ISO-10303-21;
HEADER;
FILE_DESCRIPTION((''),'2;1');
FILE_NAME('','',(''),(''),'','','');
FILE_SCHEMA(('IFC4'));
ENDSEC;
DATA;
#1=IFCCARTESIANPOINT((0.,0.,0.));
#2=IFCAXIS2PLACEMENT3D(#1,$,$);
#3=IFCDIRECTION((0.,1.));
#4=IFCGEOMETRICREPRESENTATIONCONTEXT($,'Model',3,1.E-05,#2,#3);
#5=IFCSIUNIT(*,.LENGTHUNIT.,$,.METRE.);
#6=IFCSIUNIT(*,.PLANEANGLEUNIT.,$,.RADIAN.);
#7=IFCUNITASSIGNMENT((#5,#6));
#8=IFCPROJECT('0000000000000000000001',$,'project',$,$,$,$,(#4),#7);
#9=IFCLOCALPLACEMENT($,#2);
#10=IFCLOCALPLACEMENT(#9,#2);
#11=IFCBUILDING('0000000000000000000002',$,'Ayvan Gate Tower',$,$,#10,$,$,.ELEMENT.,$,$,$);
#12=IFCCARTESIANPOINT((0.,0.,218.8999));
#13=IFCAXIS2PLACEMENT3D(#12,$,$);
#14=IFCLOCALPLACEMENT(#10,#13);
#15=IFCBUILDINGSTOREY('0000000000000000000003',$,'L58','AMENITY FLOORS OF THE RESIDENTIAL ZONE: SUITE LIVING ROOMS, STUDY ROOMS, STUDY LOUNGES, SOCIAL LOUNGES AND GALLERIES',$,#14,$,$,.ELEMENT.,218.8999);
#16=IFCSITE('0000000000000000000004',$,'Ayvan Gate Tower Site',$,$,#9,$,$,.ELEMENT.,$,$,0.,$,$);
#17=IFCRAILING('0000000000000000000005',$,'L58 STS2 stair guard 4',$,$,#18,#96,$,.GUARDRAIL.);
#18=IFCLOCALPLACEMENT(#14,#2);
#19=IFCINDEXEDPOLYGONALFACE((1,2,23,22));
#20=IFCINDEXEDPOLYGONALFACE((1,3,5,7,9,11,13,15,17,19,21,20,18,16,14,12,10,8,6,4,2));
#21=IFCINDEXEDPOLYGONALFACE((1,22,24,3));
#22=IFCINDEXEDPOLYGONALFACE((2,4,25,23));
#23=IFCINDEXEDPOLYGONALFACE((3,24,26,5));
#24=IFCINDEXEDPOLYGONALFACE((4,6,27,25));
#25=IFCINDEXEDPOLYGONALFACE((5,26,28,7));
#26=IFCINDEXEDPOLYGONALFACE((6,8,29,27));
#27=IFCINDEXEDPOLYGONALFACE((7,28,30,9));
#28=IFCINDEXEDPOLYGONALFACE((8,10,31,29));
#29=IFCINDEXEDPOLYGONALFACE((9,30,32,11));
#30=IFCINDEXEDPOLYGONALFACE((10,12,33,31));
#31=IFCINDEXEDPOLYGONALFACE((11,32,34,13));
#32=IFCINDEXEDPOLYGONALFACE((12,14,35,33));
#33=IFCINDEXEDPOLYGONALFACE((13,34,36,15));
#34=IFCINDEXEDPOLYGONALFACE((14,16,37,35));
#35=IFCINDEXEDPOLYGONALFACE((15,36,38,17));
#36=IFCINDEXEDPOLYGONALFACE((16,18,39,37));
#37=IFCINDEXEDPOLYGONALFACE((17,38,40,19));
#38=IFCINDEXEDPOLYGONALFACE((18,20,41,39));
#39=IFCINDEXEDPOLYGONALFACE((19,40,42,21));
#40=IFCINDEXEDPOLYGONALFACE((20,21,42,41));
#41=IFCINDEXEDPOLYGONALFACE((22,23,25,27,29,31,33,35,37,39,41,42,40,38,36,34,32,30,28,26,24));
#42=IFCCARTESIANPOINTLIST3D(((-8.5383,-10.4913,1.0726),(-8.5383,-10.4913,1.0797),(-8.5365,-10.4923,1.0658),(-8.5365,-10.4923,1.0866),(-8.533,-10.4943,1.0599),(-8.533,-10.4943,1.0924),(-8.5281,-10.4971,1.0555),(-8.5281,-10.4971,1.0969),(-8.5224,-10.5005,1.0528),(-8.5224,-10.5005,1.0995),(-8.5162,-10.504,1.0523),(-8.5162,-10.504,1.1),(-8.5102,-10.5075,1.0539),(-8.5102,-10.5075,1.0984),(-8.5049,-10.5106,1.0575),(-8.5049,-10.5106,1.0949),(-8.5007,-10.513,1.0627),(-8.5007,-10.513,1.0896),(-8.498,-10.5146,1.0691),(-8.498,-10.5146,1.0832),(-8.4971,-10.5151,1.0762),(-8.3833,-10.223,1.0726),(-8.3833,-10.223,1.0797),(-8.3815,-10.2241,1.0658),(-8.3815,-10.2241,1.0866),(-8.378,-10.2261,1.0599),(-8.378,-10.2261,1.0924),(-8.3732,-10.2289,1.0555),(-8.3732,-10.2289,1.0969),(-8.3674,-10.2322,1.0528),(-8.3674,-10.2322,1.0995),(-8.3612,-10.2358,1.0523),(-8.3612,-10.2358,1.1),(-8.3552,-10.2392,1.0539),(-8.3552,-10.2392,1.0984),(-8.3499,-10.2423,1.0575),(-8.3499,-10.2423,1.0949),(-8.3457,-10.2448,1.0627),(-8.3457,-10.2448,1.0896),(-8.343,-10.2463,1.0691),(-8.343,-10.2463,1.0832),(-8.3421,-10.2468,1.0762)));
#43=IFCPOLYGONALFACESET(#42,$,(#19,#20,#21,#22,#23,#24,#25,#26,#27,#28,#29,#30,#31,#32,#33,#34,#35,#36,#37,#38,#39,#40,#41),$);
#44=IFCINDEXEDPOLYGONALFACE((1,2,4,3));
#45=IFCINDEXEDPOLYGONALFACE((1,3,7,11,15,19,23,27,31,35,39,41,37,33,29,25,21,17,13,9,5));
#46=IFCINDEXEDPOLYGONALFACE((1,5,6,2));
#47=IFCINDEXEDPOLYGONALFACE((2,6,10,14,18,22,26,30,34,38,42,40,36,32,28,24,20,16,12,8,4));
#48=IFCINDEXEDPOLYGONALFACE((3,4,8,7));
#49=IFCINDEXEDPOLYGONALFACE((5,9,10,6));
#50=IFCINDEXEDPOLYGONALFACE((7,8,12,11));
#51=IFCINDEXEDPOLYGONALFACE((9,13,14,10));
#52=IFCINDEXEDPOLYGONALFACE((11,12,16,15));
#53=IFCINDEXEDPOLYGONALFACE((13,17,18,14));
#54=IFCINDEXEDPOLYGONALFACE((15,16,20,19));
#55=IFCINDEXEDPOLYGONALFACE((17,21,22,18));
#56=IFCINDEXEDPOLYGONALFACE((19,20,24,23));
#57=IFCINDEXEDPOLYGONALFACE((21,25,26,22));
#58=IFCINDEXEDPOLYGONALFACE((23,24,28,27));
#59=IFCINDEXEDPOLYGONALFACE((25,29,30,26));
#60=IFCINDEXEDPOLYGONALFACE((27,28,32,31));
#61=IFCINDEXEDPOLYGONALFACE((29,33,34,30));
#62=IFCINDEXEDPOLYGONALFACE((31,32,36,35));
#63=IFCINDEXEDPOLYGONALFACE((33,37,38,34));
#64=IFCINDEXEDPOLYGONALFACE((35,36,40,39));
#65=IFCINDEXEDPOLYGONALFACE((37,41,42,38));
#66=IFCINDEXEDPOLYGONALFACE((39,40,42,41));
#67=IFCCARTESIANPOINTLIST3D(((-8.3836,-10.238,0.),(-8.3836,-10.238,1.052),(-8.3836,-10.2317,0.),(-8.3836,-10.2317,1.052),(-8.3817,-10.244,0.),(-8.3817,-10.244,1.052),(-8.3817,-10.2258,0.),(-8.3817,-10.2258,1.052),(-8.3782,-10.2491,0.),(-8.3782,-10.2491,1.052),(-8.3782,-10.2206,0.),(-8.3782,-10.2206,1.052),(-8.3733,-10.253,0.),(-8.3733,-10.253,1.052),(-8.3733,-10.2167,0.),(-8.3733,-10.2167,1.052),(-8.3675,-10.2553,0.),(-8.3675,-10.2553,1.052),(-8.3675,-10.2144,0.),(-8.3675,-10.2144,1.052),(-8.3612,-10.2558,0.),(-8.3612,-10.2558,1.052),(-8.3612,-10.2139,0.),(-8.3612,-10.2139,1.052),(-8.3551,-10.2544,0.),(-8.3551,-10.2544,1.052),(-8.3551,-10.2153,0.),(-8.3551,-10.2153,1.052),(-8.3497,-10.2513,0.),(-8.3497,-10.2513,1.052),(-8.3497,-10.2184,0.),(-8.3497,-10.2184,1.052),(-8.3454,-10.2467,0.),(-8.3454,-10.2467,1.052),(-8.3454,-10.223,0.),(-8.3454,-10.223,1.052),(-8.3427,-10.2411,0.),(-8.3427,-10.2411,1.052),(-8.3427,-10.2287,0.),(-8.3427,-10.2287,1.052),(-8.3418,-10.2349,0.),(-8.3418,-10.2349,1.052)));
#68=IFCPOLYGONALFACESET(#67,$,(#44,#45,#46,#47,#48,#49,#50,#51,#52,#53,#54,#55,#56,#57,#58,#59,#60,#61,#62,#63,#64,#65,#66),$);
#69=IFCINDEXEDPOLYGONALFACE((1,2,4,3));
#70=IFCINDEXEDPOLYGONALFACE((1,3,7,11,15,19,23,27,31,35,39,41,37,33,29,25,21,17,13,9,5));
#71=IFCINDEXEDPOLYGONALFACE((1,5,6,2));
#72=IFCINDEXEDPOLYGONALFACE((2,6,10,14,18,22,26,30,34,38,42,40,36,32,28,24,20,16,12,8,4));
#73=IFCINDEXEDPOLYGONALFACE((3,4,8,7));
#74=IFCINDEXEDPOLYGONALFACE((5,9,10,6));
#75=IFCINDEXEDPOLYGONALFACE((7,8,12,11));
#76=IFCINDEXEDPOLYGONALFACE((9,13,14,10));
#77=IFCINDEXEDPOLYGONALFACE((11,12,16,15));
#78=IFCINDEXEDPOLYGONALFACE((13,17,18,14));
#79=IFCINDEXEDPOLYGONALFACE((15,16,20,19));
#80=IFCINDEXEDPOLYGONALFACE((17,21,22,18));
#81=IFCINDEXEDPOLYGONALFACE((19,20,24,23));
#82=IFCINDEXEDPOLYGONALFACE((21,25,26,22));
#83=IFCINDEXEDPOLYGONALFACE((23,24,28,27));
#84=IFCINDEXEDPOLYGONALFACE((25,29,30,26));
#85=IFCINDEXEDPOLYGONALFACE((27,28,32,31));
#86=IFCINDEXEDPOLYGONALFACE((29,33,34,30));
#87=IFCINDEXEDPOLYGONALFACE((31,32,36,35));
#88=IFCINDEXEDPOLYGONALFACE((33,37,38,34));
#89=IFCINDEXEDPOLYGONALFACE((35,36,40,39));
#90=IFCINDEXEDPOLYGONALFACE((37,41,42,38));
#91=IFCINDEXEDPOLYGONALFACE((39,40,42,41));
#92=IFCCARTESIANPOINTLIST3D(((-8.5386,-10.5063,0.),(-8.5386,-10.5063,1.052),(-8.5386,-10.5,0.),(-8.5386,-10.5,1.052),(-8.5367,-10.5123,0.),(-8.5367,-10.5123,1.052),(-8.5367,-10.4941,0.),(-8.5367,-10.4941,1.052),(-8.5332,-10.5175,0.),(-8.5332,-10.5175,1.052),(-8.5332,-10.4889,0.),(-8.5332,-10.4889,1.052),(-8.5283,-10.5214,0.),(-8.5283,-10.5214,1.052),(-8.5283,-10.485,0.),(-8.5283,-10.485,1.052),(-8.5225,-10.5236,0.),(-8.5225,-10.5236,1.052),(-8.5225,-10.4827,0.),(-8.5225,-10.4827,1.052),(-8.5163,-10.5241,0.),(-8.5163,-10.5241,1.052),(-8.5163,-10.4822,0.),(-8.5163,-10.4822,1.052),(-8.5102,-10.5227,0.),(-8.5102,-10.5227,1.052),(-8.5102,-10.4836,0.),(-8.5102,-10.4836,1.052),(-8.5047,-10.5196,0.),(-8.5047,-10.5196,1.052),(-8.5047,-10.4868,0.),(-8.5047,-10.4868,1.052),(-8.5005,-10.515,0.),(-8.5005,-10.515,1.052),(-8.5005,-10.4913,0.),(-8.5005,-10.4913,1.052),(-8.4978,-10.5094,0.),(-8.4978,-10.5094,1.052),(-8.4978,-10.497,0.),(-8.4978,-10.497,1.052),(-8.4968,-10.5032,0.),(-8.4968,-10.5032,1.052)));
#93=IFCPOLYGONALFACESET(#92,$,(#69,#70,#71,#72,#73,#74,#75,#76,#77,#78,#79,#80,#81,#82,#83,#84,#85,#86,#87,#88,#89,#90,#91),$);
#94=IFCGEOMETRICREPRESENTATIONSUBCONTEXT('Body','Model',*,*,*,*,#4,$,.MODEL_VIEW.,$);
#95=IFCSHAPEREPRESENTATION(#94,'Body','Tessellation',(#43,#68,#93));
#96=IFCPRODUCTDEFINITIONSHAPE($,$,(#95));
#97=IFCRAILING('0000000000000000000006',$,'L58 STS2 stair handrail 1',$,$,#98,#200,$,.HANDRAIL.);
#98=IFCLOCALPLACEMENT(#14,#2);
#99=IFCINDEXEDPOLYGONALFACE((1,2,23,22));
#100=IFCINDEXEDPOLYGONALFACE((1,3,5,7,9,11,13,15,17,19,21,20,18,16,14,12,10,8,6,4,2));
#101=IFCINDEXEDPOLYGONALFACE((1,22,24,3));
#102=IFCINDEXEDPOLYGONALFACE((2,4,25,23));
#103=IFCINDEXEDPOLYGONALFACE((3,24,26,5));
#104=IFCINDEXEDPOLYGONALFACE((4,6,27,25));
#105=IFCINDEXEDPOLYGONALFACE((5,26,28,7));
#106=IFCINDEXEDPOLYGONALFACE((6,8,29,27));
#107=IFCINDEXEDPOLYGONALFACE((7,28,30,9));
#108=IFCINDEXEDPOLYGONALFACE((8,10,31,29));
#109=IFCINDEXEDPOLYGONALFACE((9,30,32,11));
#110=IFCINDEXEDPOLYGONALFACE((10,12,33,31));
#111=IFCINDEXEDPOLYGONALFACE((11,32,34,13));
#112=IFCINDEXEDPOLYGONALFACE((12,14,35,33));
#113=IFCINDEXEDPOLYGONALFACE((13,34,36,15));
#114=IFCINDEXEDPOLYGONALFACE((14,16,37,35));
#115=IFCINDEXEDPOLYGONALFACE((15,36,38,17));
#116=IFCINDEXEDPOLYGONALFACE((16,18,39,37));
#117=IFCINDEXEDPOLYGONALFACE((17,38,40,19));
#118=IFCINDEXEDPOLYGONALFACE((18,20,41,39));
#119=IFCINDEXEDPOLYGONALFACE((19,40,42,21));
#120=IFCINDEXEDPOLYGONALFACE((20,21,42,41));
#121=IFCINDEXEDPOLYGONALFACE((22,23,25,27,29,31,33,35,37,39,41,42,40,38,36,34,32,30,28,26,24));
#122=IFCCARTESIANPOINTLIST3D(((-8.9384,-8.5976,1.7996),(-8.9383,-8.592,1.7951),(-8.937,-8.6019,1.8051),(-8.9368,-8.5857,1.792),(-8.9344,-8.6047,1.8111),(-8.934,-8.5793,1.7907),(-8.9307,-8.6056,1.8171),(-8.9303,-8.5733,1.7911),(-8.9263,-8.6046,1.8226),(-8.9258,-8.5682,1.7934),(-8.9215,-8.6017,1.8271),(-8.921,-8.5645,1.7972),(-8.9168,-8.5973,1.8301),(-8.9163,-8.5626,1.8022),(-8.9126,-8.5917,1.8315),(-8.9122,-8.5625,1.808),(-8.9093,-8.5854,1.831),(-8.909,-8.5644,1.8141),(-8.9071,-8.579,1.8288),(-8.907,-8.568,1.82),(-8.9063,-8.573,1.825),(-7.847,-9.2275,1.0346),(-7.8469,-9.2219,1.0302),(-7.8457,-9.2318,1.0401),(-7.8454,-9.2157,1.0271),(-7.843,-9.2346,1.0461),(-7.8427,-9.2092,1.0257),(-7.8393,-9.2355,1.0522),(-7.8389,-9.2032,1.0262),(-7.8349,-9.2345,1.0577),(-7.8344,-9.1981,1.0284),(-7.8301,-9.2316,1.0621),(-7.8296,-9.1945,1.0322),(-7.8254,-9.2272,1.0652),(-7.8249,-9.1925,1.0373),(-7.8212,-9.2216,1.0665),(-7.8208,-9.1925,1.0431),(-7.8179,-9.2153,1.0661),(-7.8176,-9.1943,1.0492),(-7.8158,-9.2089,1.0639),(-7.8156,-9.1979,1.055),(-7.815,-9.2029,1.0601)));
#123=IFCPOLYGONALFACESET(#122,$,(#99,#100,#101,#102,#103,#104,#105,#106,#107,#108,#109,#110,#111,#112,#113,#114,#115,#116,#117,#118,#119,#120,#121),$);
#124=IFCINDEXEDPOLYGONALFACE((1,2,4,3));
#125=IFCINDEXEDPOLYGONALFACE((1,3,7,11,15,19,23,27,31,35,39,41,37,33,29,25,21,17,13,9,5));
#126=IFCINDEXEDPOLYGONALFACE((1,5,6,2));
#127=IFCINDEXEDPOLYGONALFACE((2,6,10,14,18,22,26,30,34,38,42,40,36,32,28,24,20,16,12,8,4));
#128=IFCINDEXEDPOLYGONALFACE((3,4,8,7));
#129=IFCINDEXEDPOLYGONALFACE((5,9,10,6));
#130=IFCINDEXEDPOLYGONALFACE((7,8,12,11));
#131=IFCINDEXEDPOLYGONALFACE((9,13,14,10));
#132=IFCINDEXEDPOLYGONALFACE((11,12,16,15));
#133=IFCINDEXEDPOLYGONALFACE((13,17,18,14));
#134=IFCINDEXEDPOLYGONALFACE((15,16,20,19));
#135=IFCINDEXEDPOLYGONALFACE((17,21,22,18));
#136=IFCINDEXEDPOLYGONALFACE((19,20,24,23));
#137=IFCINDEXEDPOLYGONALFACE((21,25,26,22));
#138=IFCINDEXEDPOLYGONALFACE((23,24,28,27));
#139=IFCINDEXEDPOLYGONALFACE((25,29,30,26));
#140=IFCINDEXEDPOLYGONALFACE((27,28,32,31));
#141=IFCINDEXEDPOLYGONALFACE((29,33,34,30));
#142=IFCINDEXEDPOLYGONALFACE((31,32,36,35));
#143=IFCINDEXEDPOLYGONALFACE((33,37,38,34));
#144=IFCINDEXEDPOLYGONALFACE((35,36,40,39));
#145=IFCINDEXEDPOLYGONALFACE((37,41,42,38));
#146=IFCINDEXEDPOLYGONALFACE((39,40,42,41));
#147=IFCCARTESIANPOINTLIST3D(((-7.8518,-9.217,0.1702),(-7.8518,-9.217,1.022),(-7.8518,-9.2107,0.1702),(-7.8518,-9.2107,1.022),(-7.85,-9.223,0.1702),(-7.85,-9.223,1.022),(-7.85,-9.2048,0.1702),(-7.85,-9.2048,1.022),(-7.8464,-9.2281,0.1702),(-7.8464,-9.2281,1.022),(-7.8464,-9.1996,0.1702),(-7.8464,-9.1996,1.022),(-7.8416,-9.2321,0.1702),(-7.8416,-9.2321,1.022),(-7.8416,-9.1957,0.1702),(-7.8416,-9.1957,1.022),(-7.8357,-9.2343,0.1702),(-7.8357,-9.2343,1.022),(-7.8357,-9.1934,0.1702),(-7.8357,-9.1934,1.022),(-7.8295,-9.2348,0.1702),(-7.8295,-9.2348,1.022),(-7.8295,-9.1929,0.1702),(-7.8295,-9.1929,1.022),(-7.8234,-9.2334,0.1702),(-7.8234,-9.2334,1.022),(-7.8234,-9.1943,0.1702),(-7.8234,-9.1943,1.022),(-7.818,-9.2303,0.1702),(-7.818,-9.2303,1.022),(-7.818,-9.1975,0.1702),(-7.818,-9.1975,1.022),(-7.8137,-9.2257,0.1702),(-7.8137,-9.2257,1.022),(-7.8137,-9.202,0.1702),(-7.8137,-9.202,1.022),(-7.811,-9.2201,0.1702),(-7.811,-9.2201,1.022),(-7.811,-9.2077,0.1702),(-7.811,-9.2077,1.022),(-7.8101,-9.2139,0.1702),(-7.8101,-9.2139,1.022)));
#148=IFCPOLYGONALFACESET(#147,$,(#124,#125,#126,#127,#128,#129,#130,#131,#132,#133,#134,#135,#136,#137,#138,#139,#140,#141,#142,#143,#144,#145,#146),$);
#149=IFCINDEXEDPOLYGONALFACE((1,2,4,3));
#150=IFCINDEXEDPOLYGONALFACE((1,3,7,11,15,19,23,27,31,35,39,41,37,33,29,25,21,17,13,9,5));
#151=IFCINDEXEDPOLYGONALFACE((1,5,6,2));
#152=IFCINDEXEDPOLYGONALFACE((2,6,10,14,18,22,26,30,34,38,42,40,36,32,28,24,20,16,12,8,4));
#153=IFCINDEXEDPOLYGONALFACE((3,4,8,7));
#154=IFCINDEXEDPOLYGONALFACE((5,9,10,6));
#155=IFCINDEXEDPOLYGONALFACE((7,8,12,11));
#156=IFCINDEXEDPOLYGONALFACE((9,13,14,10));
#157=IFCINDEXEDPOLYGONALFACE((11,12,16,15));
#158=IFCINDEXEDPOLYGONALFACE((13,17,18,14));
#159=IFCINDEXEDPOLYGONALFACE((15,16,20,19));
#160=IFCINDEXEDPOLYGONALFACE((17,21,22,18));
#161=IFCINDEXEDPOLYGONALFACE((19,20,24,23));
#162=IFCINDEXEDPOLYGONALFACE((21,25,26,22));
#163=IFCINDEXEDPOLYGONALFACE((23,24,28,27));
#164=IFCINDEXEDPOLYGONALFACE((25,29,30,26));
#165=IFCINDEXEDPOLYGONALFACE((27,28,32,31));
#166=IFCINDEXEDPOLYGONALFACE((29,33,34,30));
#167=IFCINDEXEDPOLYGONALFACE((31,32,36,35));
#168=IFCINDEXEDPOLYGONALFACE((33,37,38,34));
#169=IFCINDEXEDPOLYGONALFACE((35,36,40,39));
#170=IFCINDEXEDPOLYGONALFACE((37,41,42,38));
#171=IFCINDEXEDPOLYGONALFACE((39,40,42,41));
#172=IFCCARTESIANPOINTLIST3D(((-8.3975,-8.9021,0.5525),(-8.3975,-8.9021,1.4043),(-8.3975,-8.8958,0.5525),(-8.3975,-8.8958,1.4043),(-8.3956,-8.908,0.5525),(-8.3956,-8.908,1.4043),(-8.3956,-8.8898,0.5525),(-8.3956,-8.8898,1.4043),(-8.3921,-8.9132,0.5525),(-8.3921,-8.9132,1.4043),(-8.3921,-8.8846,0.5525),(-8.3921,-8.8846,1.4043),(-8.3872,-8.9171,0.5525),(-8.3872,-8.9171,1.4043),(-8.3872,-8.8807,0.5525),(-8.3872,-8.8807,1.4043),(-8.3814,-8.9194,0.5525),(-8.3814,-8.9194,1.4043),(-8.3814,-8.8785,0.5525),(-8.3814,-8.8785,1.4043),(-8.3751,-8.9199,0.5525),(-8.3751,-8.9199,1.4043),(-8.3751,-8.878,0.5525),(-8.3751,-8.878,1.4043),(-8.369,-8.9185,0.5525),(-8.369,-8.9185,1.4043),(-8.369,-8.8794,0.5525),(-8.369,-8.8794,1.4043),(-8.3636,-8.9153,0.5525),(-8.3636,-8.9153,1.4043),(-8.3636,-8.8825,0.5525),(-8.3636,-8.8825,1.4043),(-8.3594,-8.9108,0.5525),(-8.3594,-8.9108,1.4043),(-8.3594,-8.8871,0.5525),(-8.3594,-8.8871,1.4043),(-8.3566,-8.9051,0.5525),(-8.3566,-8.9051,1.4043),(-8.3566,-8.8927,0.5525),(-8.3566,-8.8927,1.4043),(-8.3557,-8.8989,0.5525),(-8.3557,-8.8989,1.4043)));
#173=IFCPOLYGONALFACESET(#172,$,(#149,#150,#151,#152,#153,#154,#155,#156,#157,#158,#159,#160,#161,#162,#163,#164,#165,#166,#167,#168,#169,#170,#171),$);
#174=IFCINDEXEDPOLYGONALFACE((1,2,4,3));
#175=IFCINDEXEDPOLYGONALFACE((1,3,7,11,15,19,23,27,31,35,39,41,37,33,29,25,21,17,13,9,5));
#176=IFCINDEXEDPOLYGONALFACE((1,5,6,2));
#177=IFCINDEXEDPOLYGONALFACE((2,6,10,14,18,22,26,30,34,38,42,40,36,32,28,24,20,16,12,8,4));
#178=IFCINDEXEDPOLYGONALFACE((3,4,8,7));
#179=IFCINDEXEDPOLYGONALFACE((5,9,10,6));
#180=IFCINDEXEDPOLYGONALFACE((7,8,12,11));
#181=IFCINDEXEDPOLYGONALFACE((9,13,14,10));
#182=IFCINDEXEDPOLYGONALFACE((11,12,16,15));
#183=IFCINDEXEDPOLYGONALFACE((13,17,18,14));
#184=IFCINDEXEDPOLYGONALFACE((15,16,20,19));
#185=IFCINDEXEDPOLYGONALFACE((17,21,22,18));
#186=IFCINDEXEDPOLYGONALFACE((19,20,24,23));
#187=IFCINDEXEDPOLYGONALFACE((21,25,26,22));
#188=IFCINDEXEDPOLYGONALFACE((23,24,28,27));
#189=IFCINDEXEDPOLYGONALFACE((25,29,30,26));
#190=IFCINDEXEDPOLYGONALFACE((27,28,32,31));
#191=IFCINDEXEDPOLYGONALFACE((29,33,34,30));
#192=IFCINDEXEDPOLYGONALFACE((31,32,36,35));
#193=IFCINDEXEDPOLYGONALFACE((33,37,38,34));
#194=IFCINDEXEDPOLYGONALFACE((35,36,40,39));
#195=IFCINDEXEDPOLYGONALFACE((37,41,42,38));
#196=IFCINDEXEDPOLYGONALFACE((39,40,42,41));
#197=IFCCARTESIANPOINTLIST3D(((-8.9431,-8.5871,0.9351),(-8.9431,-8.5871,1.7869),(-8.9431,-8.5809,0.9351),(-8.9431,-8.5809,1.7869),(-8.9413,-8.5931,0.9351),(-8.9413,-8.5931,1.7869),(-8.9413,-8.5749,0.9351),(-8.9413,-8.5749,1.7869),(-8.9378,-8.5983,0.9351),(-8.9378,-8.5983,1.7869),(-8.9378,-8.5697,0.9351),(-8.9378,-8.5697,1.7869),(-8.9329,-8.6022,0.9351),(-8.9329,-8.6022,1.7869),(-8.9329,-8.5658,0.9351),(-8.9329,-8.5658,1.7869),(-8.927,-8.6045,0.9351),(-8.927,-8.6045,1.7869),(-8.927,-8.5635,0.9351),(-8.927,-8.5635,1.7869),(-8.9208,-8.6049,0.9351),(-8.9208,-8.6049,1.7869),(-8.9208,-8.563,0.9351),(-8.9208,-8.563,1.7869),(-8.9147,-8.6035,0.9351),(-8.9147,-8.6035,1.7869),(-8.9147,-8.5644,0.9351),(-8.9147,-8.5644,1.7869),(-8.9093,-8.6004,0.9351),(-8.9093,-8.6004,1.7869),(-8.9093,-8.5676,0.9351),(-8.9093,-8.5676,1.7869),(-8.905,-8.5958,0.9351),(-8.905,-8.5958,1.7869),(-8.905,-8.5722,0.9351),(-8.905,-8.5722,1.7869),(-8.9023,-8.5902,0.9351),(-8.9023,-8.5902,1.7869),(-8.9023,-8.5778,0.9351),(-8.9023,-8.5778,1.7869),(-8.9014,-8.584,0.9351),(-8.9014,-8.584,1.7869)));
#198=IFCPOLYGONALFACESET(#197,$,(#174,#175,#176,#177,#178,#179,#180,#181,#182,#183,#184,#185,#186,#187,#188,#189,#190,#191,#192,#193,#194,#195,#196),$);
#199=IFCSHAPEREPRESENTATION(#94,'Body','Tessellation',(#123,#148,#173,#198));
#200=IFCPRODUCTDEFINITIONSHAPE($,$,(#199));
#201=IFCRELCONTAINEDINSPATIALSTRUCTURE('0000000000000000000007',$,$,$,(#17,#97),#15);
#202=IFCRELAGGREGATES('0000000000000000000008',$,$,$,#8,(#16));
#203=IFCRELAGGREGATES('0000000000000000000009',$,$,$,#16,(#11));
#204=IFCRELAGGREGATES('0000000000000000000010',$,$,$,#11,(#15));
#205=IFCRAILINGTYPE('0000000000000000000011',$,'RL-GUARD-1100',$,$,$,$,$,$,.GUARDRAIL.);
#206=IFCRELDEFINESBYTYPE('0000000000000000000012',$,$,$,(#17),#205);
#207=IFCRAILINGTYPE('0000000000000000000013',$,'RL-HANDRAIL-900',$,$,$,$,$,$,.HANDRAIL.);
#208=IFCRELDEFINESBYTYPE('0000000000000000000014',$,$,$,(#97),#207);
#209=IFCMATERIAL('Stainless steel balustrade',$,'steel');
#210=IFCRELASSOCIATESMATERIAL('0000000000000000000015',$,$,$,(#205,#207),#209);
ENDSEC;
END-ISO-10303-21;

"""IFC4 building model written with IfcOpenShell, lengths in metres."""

from ifc_helpers import new_model, si_unit, direction, frame, origin, origin_2d, place, context, subcontext, project, spatial, circle, extrude, material, type_object, element, save


model = new_model("IFC4")

# Units and contexts
model_context = context("Model", 3, precision=1e-05, world=origin(), true_north=direction((0.0, 1.0)))
body_context = subcontext(model_context, "Body", "Model", "MODEL_VIEW")
ifc_project = project(units=[si_unit("LENGTHUNIT", "METRE"), si_unit("PLANEANGLEUNIT", "RADIAN")], contexts=[model_context])

# Site, building, storey
site_placement = place(None, origin())
site = spatial("IfcSite", under=ifc_project, at=site_placement, Name="Ayvan Gate Tower Site", CompositionType="ELEMENT", RefElevation=0.0)
building_placement = place(site_placement, origin())
building = spatial("IfcBuilding", under=site, at=building_placement, Name="Ayvan Gate Tower", CompositionType="ELEMENT")
storey_placement = place(building_placement, frame((0.0, 0.0, 218.8999)))
storey = spatial("IfcBuildingStorey", under=building, at=storey_placement, Name="L58", Description="AMENITY FLOORS OF THE RESIDENTIAL ZONE: SUITE LIVING ROOMS, STUDY ROOMS, STUDY LOUNGES, SOCIAL LOUNGES AND GALLERIES", CompositionType="ELEMENT", Elevation=218.8999)

# Railings
ifc_material_1 = material(Name="Stainless steel balustrade", Category="steel")
railing_type_1 = type_object("IfcRailingType", Name="RL-GUARD-1100", PredefinedType="GUARDRAIL", material=ifc_material_1)
railing_1_placement = place(storey_placement, frame((-8.3628, -10.2349, 0.0)))
element("IfcRailing", 1, at=railing_1_placement, inside=storey, type_object=railing_type_1, Name="L58 STS2 stair guard 4", PredefinedType="GUARDRAIL", context=body_context, shape_type="SweptSolid", body=[
    extrude(circle(Radius=0.0239, at=origin_2d()), frame((0.0, 0.0, 1.0762), z_axis=(-0.500291, -0.865857, 0.0), x_axis=(0.865857, -0.500291, 0.0)), (0.0, 0.0, 1.0), 0.3098),
    extrude(circle(Radius=0.021, at=origin_2d()), origin(), (0.0, 0.0, 1.0), 1.052),
    extrude(circle(Radius=0.021, at=origin_2d()), frame((-0.155, -0.2683, 0.0)), (0.0, 0.0, 1.0), 1.052),
])
railing_type_2 = type_object("IfcRailingType", Name="RL-HANDRAIL-900", PredefinedType="HANDRAIL", material=ifc_material_1)
railing_2_placement = place(storey_placement, frame((-7.8311, -9.2139, 0.1702)))
element("IfcRailing", 2, at=railing_2_placement, inside=storey, type_object=railing_type_2, Name="L58 STS2 stair handrail 1", PredefinedType="HANDRAIL", context=body_context, shape_type="SweptSolid", body=[
    extrude(circle(Radius=0.0239, at=origin_2d()), frame((0.0, 0.0, 0.876), z_axis=(-0.740357, 0.42732, 0.518912), x_axis=(-0.49989, -0.866089, 0.0)), (0.0, 0.0, 1.0), 1.4741),
    extrude(circle(Radius=0.021, at=origin_2d()), origin(), (0.0, 0.0, 1.0), 0.8518),
    extrude(circle(Radius=0.021, at=origin_2d()), frame((-0.5457, 0.3149, 0.3823)), (0.0, 0.0, 1.0), 0.8518),
    extrude(circle(Radius=0.021, at=origin_2d()), frame((-1.0913, 0.6299, 0.7649)), (0.0, 0.0, 1.0), 0.8518),
])

save(model, "model.ifc")
